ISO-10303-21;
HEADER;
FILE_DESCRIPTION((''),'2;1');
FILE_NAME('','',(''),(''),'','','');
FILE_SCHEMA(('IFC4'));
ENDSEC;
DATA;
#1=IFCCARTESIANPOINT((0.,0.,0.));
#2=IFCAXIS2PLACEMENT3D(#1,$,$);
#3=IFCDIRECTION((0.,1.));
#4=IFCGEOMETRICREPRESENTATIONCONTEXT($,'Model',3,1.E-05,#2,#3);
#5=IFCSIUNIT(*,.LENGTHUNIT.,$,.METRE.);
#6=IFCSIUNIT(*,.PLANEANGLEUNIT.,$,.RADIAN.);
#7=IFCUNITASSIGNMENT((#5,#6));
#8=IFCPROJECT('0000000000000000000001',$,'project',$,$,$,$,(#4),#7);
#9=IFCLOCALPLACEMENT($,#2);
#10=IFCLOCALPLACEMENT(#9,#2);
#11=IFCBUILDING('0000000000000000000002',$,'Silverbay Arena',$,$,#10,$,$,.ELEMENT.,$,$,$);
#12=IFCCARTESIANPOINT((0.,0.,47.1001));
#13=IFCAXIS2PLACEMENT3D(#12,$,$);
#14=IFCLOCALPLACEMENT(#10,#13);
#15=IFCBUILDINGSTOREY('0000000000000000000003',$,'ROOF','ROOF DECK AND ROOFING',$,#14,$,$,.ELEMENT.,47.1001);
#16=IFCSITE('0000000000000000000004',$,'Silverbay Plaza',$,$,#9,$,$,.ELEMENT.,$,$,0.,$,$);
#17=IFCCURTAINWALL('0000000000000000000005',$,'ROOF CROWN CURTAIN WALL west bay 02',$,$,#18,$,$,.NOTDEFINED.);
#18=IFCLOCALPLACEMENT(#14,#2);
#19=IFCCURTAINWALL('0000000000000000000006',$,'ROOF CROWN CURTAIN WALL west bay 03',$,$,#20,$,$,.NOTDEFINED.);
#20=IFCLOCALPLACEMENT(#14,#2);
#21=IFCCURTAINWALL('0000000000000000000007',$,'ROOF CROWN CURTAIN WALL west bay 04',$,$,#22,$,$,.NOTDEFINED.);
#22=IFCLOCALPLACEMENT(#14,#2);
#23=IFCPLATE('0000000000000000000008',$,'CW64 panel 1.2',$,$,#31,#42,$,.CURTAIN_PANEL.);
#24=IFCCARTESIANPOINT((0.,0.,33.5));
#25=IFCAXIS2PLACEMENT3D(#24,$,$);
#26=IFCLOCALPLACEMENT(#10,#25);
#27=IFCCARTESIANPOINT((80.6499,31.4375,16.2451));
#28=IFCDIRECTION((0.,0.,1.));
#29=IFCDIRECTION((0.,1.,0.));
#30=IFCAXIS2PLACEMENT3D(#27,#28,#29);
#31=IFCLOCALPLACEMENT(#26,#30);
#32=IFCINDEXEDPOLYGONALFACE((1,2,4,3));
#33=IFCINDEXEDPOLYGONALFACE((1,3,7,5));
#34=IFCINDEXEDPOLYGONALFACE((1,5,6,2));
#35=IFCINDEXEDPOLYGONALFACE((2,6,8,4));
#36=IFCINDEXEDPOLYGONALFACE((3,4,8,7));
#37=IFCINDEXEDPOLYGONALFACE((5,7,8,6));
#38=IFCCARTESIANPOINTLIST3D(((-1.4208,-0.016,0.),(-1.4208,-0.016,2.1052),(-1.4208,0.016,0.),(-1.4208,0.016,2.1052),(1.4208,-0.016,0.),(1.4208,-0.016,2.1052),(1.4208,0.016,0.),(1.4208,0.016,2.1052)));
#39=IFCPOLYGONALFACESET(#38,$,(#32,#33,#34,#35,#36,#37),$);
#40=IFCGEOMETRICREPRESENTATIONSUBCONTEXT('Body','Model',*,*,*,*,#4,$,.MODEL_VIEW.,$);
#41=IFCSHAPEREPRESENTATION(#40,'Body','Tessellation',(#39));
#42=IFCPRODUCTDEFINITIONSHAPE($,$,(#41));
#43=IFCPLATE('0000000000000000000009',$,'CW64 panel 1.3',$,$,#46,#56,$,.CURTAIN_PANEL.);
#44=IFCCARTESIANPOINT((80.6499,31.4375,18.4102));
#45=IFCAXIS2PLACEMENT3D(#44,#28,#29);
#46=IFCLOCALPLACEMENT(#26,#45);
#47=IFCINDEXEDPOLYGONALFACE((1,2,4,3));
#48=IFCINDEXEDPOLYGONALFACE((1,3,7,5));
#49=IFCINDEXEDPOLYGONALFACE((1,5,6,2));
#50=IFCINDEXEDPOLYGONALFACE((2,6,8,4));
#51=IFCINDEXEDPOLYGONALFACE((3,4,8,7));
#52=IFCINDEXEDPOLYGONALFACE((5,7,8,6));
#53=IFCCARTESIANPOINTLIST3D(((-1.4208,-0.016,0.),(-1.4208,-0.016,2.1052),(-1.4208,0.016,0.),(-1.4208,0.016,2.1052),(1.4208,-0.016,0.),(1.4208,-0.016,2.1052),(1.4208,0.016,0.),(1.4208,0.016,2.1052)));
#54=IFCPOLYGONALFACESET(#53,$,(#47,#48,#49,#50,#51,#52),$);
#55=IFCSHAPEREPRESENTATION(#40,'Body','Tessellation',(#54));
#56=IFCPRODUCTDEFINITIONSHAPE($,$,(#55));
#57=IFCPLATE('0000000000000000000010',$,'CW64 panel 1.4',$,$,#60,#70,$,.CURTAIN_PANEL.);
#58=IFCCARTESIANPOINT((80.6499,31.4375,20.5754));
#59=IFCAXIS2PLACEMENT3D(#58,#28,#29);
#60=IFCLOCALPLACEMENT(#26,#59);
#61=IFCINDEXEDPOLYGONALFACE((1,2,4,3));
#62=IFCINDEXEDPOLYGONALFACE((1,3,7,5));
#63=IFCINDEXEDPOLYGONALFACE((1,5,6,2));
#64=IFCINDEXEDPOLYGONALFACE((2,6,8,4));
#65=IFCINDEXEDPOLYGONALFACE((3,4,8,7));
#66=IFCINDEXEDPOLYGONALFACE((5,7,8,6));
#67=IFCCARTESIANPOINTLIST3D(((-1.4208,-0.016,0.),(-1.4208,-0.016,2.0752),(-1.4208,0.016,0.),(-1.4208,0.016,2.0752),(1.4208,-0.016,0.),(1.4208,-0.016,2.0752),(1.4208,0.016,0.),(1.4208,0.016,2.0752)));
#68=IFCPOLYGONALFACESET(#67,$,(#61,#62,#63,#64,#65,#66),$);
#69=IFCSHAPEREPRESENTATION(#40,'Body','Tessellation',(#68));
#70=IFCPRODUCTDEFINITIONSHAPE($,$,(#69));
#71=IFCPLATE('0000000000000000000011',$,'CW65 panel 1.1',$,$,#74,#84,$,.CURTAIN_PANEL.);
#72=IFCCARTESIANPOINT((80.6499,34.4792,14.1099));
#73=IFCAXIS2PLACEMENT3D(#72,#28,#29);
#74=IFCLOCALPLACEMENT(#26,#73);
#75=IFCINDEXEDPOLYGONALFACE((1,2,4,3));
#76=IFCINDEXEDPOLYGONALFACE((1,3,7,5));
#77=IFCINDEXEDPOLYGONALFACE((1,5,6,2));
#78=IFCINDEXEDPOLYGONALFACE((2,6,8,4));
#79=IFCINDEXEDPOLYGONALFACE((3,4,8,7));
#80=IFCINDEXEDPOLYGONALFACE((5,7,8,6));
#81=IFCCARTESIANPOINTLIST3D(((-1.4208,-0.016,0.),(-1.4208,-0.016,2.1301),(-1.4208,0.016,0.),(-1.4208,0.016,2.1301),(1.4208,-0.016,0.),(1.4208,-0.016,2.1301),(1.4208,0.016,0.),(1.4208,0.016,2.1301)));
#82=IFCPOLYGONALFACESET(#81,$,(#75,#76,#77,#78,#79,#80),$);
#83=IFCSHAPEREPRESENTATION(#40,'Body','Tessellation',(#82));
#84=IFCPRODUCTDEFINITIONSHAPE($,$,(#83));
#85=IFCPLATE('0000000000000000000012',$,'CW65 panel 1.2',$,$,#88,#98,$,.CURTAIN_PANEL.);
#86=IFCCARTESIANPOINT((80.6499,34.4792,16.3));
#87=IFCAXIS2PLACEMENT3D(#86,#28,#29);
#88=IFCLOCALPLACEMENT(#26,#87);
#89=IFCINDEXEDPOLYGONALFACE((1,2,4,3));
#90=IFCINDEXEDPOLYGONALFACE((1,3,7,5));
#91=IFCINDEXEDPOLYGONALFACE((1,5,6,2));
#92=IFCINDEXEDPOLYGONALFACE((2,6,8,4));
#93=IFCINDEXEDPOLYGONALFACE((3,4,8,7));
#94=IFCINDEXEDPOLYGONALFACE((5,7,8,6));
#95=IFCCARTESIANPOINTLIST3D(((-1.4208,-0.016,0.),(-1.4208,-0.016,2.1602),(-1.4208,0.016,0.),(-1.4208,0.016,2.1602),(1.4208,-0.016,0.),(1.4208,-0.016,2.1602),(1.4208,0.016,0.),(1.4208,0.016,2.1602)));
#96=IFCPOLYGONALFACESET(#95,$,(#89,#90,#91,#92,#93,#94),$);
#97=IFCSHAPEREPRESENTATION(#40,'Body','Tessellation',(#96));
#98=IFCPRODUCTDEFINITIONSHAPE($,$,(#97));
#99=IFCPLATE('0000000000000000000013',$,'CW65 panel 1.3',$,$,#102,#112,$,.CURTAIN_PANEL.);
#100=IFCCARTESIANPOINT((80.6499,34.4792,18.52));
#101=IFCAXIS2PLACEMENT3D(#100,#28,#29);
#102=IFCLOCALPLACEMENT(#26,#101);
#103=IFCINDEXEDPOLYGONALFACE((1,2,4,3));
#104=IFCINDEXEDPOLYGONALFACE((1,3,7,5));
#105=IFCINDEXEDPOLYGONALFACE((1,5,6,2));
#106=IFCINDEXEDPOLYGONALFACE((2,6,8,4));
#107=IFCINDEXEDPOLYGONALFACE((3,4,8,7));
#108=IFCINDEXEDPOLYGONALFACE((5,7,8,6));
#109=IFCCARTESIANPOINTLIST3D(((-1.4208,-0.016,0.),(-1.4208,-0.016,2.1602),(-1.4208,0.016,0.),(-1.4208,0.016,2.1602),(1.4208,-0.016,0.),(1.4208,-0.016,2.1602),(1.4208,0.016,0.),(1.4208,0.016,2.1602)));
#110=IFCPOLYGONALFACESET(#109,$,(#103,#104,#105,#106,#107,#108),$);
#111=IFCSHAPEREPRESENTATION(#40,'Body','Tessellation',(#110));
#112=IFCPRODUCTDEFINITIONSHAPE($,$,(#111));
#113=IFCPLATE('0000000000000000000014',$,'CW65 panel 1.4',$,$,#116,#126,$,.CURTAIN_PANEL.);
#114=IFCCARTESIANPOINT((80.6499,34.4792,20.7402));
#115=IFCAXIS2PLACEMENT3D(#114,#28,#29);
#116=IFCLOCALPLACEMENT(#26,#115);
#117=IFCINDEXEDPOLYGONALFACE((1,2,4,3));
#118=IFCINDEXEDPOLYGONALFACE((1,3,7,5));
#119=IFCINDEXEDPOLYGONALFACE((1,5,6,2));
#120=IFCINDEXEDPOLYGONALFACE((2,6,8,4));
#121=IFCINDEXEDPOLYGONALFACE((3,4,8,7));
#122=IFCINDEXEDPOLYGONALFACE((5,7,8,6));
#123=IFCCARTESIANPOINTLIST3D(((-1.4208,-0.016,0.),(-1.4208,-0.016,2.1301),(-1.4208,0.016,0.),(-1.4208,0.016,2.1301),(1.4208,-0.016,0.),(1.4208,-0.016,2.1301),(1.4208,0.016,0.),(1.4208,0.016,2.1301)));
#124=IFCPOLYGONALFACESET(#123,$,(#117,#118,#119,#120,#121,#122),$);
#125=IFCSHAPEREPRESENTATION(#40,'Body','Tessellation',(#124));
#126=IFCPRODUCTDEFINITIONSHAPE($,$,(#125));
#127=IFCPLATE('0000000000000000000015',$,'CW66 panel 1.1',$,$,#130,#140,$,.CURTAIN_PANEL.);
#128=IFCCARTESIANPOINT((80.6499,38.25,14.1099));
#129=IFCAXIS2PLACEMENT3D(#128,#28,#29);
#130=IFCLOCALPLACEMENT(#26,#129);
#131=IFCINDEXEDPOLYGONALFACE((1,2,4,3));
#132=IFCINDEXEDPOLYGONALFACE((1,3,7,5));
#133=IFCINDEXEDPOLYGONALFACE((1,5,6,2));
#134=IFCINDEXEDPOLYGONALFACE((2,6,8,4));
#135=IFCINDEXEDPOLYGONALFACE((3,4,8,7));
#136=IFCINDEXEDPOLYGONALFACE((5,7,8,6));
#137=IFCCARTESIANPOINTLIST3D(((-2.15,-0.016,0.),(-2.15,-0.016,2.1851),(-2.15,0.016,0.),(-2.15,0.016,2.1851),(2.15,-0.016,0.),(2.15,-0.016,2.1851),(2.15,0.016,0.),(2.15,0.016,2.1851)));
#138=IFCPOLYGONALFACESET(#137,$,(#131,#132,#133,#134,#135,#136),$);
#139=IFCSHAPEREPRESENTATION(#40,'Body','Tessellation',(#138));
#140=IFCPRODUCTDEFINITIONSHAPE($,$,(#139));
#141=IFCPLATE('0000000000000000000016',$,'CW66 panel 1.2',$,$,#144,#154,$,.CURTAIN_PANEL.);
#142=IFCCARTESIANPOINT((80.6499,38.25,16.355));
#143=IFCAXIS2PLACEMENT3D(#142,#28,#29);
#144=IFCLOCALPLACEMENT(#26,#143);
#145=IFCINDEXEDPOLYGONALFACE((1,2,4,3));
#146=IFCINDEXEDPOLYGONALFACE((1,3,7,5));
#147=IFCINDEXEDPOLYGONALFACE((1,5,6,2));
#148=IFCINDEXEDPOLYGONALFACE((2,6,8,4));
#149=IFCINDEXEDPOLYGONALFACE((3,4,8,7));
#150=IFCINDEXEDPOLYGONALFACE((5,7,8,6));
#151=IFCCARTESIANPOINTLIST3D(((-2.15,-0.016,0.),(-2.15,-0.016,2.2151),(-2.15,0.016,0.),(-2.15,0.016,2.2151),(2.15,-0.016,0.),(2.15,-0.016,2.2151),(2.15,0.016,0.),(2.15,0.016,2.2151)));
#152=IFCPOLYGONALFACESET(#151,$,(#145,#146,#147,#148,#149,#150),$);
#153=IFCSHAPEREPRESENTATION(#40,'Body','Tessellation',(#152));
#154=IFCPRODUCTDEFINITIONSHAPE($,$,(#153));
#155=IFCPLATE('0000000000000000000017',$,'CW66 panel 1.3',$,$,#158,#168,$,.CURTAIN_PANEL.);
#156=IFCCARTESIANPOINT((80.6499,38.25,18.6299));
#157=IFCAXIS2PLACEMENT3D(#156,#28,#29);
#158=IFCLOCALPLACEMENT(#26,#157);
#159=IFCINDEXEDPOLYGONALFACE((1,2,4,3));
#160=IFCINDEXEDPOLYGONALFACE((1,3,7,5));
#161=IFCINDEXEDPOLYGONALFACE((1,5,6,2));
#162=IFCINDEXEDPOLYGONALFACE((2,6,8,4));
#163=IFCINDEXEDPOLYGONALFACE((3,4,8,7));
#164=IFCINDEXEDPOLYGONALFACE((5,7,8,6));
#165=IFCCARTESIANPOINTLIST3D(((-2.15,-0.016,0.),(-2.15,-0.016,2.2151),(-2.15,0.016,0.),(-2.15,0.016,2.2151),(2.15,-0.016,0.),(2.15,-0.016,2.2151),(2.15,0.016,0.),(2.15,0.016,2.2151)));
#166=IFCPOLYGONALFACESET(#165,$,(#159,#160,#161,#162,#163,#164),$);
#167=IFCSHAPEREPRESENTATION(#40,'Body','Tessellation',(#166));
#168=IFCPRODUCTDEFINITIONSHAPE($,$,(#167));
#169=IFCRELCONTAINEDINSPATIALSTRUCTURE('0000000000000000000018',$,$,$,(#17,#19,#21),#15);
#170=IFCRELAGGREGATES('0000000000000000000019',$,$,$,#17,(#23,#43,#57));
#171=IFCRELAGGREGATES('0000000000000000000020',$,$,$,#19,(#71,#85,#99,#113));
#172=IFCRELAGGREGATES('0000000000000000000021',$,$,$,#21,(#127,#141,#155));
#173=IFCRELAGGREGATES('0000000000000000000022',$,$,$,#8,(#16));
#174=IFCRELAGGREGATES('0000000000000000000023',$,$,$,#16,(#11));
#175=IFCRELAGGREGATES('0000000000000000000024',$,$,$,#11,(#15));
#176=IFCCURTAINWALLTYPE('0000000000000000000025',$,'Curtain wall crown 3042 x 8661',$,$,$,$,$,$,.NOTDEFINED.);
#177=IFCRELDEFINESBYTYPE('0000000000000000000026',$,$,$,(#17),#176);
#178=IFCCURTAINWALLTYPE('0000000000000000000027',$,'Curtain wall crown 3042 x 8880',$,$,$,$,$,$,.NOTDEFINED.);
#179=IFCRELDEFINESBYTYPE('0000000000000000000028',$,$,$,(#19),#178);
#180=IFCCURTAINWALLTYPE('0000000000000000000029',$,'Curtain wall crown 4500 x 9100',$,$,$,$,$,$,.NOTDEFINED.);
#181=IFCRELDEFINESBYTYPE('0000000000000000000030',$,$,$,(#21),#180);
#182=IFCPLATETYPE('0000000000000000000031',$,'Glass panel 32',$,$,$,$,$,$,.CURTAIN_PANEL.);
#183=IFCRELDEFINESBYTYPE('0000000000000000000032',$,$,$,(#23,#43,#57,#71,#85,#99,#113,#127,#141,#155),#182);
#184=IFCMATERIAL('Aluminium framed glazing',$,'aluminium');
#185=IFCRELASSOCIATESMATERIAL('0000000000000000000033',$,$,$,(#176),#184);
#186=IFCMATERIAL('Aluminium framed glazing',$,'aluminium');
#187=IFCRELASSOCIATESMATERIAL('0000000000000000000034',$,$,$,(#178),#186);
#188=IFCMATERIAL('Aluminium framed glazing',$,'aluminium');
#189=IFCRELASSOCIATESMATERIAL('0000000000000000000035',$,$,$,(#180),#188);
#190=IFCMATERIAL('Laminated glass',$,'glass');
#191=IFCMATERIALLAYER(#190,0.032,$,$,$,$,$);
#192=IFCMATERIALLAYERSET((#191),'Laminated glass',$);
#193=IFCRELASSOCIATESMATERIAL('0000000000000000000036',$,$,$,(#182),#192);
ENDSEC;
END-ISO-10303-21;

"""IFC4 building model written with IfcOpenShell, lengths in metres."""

from ifc_helpers import new_model, si_unit, direction, frame, origin, origin_2d, place, context, subcontext, project, spatial, rectangle, extrude, material, layer, layer_set, type_object, element, aggregate, save


model = new_model("IFC4")

# Units and contexts
model_context = context("Model", 3, precision=1e-05, world=origin(), true_north=direction((0.0, 1.0)))
body_context = subcontext(model_context, "Body", "Model", "MODEL_VIEW")
ifc_project = project(units=[si_unit("LENGTHUNIT", "METRE"), si_unit("PLANEANGLEUNIT", "RADIAN")], contexts=[model_context])

# Site, building, storey
site_placement = place(None, origin())
site = spatial("IfcSite", under=ifc_project, at=site_placement, Name="Silverbay Plaza", CompositionType="ELEMENT", RefElevation=0.0)
building_placement = place(site_placement, origin())
building = spatial("IfcBuilding", under=site, at=building_placement, Name="Silverbay Arena", CompositionType="ELEMENT")
storey_placement = place(building_placement, frame((0.0, 0.0, 47.1001)))
storey = spatial("IfcBuildingStorey", under=building, at=storey_placement, Name="ROOF", Description="ROOF DECK AND ROOFING", CompositionType="ELEMENT", Elevation=47.1001)

# Curtain wall
ifc_material_1 = material(Name="Aluminium framed glazing", Category="aluminium")
curtain_wall_type_1 = type_object("IfcCurtainWallType", Name="Curtain wall crown 3042 x 8661", PredefinedType="NOTDEFINED", material=ifc_material_1)
curtain_wall_1_placement = place(storey_placement, origin())
curtain_wall_1 = element("IfcCurtainWall", 1, at=curtain_wall_1_placement, inside=storey, type_object=curtain_wall_type_1, Name="ROOF CROWN CURTAIN WALL west bay 02", PredefinedType="NOTDEFINED")
placement = place(building_placement, frame((0.0, 0.0, 33.5)))

# Curtain wall
ifc_material_2 = material(Name="Aluminium framed glazing", Category="aluminium")
curtain_wall_type_2 = type_object("IfcCurtainWallType", Name="Curtain wall crown 3042 x 8880", PredefinedType="NOTDEFINED", material=ifc_material_2)
curtain_wall_2_placement = place(storey_placement, origin())
curtain_wall_2 = element("IfcCurtainWall", 2, at=curtain_wall_2_placement, inside=storey, type_object=curtain_wall_type_2, Name="ROOF CROWN CURTAIN WALL west bay 03", PredefinedType="NOTDEFINED")

# Curtain wall
ifc_material_3 = material(Name="Aluminium framed glazing", Category="aluminium")
curtain_wall_type_3 = type_object("IfcCurtainWallType", Name="Curtain wall crown 4500 x 9100", PredefinedType="NOTDEFINED", material=ifc_material_3)
curtain_wall_3_placement = place(storey_placement, origin())
curtain_wall_3 = element("IfcCurtainWall", 3, at=curtain_wall_3_placement, inside=storey, type_object=curtain_wall_type_3, Name="ROOF CROWN CURTAIN WALL west bay 04", PredefinedType="NOTDEFINED")

# Plates
ifc_material_4 = material(Name="Laminated glass", Category="glass")
ifc_layer_1 = layer(ifc_material_4, 0.032)
ifc_layer_set_1 = layer_set([ifc_layer_1], Name="Laminated glass")
plate_type = type_object("IfcPlateType", Name="Glass panel 32", PredefinedType="CURTAIN_PANEL", material=ifc_layer_set_1)
plate_1_placement = place(placement, frame((80.6499, 31.4375, 16.2451), z_axis=(0.0, 0.0, 1.0), x_axis=(0.0, 1.0, 0.0)))
plate_1 = element("IfcPlate", 4, at=plate_1_placement, type_object=plate_type, Name="CW64 panel 1.2", PredefinedType="CURTAIN_PANEL", context=body_context, shape_type="SweptSolid", body=[
    extrude(rectangle(XDim=2.8416, YDim=0.032, at=origin_2d()), origin(), (0.0, 0.0, 1.0), 2.1052),
])
plate_2_placement = place(placement, frame((80.6499, 31.4375, 18.4102), z_axis=(0.0, 0.0, 1.0), x_axis=(0.0, 1.0, 0.0)))
plate_2 = element("IfcPlate", 5, at=plate_2_placement, type_object=plate_type, Name="CW64 panel 1.3", PredefinedType="CURTAIN_PANEL", context=body_context, shape_type="SweptSolid", body=[
    extrude(rectangle(XDim=2.8416, YDim=0.032, at=origin_2d()), origin(), (0.0, 0.0, 1.0), 2.1052),
])
plate_3_placement = place(placement, frame((80.6499, 31.4375, 20.5754), z_axis=(0.0, 0.0, 1.0), x_axis=(0.0, 1.0, 0.0)))
plate_3 = element("IfcPlate", 6, at=plate_3_placement, type_object=plate_type, Name="CW64 panel 1.4", PredefinedType="CURTAIN_PANEL", context=body_context, shape_type="SweptSolid", body=[
    extrude(rectangle(XDim=2.8416, YDim=0.032, at=origin_2d()), origin(), (0.0, 0.0, 1.0), 2.0752),
])
aggregate(curtain_wall_1, [plate_1, plate_2, plate_3])
plate_4_placement = place(placement, frame((80.6499, 34.4792, 14.1099), z_axis=(0.0, 0.0, 1.0), x_axis=(0.0, 1.0, 0.0)))
plate_4 = element("IfcPlate", 7, at=plate_4_placement, type_object=plate_type, Name="CW65 panel 1.1", PredefinedType="CURTAIN_PANEL", context=body_context, shape_type="SweptSolid", body=[
    extrude(rectangle(XDim=2.8416, YDim=0.032, at=origin_2d()), origin(), (0.0, 0.0, 1.0), 2.1301),
])
plate_5_placement = place(placement, frame((80.6499, 34.4792, 16.3), z_axis=(0.0, 0.0, 1.0), x_axis=(0.0, 1.0, 0.0)))
plate_5 = element("IfcPlate", 8, at=plate_5_placement, type_object=plate_type, Name="CW65 panel 1.2", PredefinedType="CURTAIN_PANEL", context=body_context, shape_type="SweptSolid", body=[
    extrude(rectangle(XDim=2.8416, YDim=0.032, at=origin_2d()), origin(), (0.0, 0.0, 1.0), 2.1602),
])
plate_6_placement = place(placement, frame((80.6499, 34.4792, 18.52), z_axis=(0.0, 0.0, 1.0), x_axis=(0.0, 1.0, 0.0)))
plate_6 = element("IfcPlate", 9, at=plate_6_placement, type_object=plate_type, Name="CW65 panel 1.3", PredefinedType="CURTAIN_PANEL", context=body_context, shape_type="SweptSolid", body=[
    extrude(rectangle(XDim=2.8416, YDim=0.032, at=origin_2d()), origin(), (0.0, 0.0, 1.0), 2.1602),
])
plate_7_placement = place(placement, frame((80.6499, 34.4792, 20.7402), z_axis=(0.0, 0.0, 1.0), x_axis=(0.0, 1.0, 0.0)))
plate_7 = element("IfcPlate", 10, at=plate_7_placement, type_object=plate_type, Name="CW65 panel 1.4", PredefinedType="CURTAIN_PANEL", context=body_context, shape_type="SweptSolid", body=[
    extrude(rectangle(XDim=2.8416, YDim=0.032, at=origin_2d()), origin(), (0.0, 0.0, 1.0), 2.1301),
])
aggregate(curtain_wall_2, [plate_4, plate_5, plate_6, plate_7])
plate_8_placement = place(placement, frame((80.6499, 38.25, 14.1099), z_axis=(0.0, 0.0, 1.0), x_axis=(0.0, 1.0, 0.0)))
plate_8 = element("IfcPlate", 11, at=plate_8_placement, type_object=plate_type, Name="CW66 panel 1.1", PredefinedType="CURTAIN_PANEL", context=body_context, shape_type="SweptSolid", body=[
    extrude(rectangle(XDim=4.3, YDim=0.032, at=origin_2d()), origin(), (0.0, 0.0, 1.0), 2.1851),
])
plate_9_placement = place(placement, frame((80.6499, 38.25, 16.355), z_axis=(0.0, 0.0, 1.0), x_axis=(0.0, 1.0, 0.0)))
plate_9 = element("IfcPlate", 12, at=plate_9_placement, type_object=plate_type, Name="CW66 panel 1.2", PredefinedType="CURTAIN_PANEL", context=body_context, shape_type="SweptSolid", body=[
    extrude(rectangle(XDim=4.3, YDim=0.032, at=origin_2d()), origin(), (0.0, 0.0, 1.0), 2.2151),
])
plate_10_placement = place(placement, frame((80.6499, 38.25, 18.6299), z_axis=(0.0, 0.0, 1.0), x_axis=(0.0, 1.0, 0.0)))
plate_10 = element("IfcPlate", 13, at=plate_10_placement, type_object=plate_type, Name="CW66 panel 1.3", PredefinedType="CURTAIN_PANEL", context=body_context, shape_type="SweptSolid", body=[
    extrude(rectangle(XDim=4.3, YDim=0.032, at=origin_2d()), origin(), (0.0, 0.0, 1.0), 2.2151),
])
aggregate(curtain_wall_3, [plate_8, plate_9, plate_10])

save(model, "model.ifc")
